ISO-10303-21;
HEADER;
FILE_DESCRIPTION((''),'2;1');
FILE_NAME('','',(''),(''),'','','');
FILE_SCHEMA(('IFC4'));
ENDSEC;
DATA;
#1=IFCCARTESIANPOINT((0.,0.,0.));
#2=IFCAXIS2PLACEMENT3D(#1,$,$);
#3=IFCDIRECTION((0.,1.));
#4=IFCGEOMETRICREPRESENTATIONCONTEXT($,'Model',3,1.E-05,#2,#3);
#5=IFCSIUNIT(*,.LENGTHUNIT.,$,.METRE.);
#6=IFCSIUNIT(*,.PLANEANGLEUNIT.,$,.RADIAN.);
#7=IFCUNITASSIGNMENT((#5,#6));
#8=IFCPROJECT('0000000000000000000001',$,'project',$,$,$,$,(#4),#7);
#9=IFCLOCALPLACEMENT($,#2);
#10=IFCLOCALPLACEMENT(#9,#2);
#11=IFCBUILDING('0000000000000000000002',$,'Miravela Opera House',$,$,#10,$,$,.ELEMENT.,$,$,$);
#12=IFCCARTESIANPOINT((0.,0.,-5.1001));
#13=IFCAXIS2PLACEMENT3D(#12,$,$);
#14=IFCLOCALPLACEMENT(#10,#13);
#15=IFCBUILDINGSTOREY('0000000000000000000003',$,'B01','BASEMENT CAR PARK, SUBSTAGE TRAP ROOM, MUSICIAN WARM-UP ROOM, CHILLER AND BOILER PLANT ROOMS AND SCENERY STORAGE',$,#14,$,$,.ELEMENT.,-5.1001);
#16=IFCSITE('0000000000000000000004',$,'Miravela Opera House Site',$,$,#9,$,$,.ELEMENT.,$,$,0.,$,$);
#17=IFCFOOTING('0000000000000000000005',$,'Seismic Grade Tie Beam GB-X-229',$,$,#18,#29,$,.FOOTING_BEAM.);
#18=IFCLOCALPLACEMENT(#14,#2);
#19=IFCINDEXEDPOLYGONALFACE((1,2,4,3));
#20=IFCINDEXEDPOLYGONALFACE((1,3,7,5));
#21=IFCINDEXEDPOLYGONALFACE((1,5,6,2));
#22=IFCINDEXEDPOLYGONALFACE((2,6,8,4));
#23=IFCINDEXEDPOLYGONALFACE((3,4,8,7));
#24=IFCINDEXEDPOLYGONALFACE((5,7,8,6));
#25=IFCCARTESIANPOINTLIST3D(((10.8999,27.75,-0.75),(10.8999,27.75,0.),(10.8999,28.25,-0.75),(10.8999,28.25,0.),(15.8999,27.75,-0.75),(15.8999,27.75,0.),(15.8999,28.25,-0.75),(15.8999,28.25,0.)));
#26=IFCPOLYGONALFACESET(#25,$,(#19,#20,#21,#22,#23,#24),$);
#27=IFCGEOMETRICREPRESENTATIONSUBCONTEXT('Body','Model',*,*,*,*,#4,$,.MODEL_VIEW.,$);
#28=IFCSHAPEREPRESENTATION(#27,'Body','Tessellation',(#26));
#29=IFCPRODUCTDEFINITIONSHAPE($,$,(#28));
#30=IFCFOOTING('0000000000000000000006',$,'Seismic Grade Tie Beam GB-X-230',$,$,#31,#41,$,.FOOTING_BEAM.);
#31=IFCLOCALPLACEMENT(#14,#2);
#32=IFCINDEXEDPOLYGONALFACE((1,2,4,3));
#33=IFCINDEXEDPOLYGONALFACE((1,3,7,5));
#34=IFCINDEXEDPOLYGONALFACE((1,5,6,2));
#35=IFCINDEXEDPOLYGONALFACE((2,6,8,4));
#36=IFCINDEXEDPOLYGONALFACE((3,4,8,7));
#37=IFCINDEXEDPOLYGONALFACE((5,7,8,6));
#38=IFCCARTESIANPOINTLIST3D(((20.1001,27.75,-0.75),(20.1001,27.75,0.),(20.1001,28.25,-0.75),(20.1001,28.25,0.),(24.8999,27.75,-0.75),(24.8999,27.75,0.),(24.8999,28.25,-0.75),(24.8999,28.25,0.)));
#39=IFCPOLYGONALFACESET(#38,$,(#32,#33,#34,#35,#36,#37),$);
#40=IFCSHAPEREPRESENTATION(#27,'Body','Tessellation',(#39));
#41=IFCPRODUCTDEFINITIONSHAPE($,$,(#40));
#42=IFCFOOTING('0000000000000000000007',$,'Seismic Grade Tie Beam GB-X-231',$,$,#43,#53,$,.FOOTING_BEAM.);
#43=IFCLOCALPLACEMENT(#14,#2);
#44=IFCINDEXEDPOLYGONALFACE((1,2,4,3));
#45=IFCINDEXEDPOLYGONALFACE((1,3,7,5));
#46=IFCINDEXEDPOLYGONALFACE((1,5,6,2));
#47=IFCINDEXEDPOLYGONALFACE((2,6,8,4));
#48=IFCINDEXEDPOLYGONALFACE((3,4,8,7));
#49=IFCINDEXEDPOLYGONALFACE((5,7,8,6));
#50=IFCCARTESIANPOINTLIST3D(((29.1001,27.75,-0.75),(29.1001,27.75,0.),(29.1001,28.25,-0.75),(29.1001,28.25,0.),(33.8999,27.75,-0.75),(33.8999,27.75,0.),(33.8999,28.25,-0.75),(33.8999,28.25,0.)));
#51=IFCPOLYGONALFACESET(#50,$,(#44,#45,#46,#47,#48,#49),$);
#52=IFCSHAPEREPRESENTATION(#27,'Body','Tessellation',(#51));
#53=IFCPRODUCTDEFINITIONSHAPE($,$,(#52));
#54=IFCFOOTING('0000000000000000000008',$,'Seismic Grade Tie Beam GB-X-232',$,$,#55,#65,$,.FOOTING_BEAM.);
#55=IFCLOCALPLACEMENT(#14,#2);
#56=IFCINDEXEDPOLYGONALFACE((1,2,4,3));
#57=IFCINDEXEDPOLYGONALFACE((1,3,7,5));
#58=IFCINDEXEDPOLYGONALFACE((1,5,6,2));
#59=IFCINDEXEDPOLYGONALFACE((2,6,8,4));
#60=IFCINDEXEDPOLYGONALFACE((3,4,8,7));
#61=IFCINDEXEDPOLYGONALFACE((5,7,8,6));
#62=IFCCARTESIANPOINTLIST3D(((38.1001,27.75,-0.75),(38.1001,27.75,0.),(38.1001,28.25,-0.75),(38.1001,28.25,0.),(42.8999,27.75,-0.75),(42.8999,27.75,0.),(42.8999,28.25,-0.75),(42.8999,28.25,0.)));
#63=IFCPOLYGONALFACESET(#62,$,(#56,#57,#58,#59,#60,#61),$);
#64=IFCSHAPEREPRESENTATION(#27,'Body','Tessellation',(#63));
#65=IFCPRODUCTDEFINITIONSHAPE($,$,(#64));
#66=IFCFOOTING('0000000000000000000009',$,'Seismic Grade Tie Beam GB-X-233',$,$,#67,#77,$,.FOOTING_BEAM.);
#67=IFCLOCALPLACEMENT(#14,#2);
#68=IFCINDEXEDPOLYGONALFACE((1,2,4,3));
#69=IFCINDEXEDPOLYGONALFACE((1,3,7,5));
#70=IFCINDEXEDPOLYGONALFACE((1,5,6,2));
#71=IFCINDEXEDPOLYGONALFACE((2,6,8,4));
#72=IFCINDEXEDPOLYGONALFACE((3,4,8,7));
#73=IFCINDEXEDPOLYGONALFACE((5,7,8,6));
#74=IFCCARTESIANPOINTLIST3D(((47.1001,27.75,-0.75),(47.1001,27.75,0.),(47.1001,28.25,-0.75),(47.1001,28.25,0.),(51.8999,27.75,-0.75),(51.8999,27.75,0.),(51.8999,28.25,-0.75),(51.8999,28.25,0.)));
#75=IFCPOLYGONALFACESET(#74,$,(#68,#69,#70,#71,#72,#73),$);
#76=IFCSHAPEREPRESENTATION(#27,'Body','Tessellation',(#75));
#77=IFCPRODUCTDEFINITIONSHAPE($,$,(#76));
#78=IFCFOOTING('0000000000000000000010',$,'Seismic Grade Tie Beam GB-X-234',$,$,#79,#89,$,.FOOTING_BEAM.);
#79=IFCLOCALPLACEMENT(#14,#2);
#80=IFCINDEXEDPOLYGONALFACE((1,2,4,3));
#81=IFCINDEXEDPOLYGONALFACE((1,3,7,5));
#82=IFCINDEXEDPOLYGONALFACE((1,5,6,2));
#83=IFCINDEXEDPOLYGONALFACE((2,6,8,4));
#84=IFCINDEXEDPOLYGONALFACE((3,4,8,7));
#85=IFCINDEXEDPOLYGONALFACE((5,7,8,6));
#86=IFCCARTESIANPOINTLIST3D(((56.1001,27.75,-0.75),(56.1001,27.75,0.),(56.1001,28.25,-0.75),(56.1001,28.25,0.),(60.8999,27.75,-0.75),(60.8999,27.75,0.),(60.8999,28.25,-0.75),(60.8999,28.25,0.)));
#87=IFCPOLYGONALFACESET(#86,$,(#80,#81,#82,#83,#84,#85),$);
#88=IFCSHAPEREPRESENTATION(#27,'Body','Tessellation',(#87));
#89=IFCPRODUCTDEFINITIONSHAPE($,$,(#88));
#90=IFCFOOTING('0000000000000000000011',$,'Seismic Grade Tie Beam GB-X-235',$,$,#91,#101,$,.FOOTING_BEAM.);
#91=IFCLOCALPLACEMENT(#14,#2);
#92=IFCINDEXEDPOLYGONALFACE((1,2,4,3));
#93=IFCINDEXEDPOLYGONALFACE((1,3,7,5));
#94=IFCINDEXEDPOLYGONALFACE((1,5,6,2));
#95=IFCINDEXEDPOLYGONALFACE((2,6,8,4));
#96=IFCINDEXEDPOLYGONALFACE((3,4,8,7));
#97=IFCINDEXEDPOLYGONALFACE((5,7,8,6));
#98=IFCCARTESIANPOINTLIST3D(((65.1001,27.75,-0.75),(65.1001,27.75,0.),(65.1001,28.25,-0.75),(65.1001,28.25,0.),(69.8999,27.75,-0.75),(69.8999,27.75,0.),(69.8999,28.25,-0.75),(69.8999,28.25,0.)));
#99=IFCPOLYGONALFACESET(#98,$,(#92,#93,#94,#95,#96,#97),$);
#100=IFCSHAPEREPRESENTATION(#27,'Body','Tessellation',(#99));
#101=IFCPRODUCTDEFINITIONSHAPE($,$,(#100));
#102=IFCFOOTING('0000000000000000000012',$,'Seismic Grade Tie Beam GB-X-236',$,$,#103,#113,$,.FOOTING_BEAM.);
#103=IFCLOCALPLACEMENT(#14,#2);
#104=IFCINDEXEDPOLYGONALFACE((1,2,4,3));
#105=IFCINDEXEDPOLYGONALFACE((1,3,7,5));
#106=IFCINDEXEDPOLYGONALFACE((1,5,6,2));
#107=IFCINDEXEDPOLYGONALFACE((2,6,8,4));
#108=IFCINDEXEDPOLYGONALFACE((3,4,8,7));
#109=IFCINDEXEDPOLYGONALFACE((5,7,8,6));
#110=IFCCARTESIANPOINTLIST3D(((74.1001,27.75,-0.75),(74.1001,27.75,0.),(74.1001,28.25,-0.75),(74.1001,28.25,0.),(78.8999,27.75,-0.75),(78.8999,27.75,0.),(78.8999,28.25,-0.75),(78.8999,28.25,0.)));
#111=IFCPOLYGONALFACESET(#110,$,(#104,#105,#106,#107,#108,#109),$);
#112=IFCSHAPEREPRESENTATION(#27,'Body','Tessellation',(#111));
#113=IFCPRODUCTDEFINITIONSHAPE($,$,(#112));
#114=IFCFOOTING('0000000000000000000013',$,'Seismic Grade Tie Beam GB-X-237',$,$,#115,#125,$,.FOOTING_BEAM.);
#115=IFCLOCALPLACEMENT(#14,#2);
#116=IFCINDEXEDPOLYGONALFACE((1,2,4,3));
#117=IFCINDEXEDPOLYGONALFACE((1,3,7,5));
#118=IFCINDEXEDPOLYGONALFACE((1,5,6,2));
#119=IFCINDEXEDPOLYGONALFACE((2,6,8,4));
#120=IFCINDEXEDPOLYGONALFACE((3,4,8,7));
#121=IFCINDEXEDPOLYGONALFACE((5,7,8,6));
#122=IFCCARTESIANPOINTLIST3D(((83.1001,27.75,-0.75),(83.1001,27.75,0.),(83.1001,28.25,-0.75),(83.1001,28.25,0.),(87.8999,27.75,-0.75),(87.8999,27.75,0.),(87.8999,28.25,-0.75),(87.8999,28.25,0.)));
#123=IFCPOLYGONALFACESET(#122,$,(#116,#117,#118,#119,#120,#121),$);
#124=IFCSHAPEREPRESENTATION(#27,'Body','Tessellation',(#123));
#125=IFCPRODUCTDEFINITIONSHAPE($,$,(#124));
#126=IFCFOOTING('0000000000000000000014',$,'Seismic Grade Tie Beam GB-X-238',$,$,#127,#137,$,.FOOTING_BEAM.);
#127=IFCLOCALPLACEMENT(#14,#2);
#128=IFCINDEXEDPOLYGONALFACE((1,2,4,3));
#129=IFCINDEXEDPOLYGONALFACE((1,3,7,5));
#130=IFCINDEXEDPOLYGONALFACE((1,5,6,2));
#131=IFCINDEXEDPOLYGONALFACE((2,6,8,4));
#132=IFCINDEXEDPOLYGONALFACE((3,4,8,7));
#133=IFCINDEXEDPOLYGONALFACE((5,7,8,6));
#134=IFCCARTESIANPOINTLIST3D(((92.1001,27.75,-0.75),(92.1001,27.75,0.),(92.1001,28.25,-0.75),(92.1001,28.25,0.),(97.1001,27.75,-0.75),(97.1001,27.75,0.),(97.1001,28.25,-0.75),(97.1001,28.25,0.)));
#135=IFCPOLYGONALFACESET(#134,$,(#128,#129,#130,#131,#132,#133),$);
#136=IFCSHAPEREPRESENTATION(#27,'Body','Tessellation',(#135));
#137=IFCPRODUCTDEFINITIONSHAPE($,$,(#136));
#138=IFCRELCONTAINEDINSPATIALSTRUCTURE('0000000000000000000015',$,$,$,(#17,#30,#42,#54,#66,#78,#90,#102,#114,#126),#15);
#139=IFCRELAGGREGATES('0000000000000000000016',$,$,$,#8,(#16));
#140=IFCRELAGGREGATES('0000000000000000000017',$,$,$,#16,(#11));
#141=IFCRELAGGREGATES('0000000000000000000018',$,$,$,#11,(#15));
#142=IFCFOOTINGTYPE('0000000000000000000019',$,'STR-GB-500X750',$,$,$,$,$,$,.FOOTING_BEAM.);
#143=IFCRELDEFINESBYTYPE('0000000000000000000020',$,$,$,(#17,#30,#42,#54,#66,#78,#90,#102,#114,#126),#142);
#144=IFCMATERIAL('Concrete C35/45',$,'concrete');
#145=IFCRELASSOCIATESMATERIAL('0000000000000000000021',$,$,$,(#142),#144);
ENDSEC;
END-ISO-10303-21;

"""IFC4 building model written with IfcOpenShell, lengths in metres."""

from ifc_helpers import new_model, si_unit, direction, frame, origin, place, context, subcontext, project, spatial, polyline, outline, extrude, material, type_object, element, save


model = new_model("IFC4")

# Units and contexts
model_context = context("Model", 3, precision=1e-05, world=origin(), true_north=direction((0.0, 1.0)))
body_context = subcontext(model_context, "Body", "Model", "MODEL_VIEW")
ifc_project = project(units=[si_unit("LENGTHUNIT", "METRE"), si_unit("PLANEANGLEUNIT", "RADIAN")], contexts=[model_context])

# Site, building, storey
site_placement = place(None, origin())
site = spatial("IfcSite", under=ifc_project, at=site_placement, Name="Miravela Opera House Site", CompositionType="ELEMENT", RefElevation=0.0)
building_placement = place(site_placement, origin())
building = spatial("IfcBuilding", under=site, at=building_placement, Name="Miravela Opera House", CompositionType="ELEMENT")
storey_placement = place(building_placement, frame((0.0, 0.0, -5.1001)))
storey = spatial("IfcBuildingStorey", under=building, at=storey_placement, Name="B01", Description="BASEMENT CAR PARK, SUBSTAGE TRAP ROOM, MUSICIAN WARM-UP ROOM, CHILLER AND BOILER PLANT ROOMS AND SCENERY STORAGE", CompositionType="ELEMENT", Elevation=-5.1001)

# Footings
ifc_material = material(Name="Concrete C35/45", Category="concrete")
footing_type = type_object("IfcFootingType", Name="STR-GB-500X750", PredefinedType="FOOTING_BEAM", material=ifc_material)
footing_1_placement = place(storey_placement, frame((0.0, 0.0, -0.75)))
element("IfcFooting", 1, at=footing_1_placement, inside=storey, type_object=footing_type, Name="Seismic Grade Tie Beam GB-X-229", PredefinedType="FOOTING_BEAM", context=body_context, shape_type="SweptSolid", body=[
    extrude(outline(polyline([(10.8999, 27.75), (15.8999, 27.75), (15.8999, 28.25), (10.8999, 28.25), (10.8999, 27.75)])), origin(), (0.0, 0.0, 1.0), 0.75),
])
footing_2_placement = place(storey_placement, frame((0.0, 0.0, -0.75)))
element("IfcFooting", 2, at=footing_2_placement, inside=storey, type_object=footing_type, Name="Seismic Grade Tie Beam GB-X-230", PredefinedType="FOOTING_BEAM", context=body_context, shape_type="SweptSolid", body=[
    extrude(outline(polyline([(20.1001, 27.75), (24.8999, 27.75), (24.8999, 28.25), (20.1001, 28.25), (20.1001, 27.75)])), origin(), (0.0, 0.0, 1.0), 0.75),
])
footing_3_placement = place(storey_placement, frame((0.0, 0.0, -0.75)))
element("IfcFooting", 3, at=footing_3_placement, inside=storey, type_object=footing_type, Name="Seismic Grade Tie Beam GB-X-231", PredefinedType="FOOTING_BEAM", context=body_context, shape_type="SweptSolid", body=[
    extrude(outline(polyline([(29.1001, 27.75), (33.8999, 27.75), (33.8999, 28.25), (29.1001, 28.25), (29.1001, 27.75)])), origin(), (0.0, 0.0, 1.0), 0.75),
])
footing_4_placement = place(storey_placement, frame((0.0, 0.0, -0.75)))
element("IfcFooting", 4, at=footing_4_placement, inside=storey, type_object=footing_type, Name="Seismic Grade Tie Beam GB-X-232", PredefinedType="FOOTING_BEAM", context=body_context, shape_type="SweptSolid", body=[
    extrude(outline(polyline([(38.1001, 27.75), (42.8999, 27.75), (42.8999, 28.25), (38.1001, 28.25), (38.1001, 27.75)])), origin(), (0.0, 0.0, 1.0), 0.75),
])
footing_5_placement = place(storey_placement, frame((0.0, 0.0, -0.75)))
element("IfcFooting", 5, at=footing_5_placement, inside=storey, type_object=footing_type, Name="Seismic Grade Tie Beam GB-X-233", PredefinedType="FOOTING_BEAM", context=body_context, shape_type="SweptSolid", body=[
    extrude(outline(polyline([(47.1001, 27.75), (51.8999, 27.75), (51.8999, 28.25), (47.1001, 28.25), (47.1001, 27.75)])), origin(), (0.0, 0.0, 1.0), 0.75),
])
footing_6_placement = place(storey_placement, frame((0.0, 0.0, -0.75)))
element("IfcFooting", 6, at=footing_6_placement, inside=storey, type_object=footing_type, Name="Seismic Grade Tie Beam GB-X-234", PredefinedType="FOOTING_BEAM", context=body_context, shape_type="SweptSolid", body=[
    extrude(outline(polyline([(56.1001, 27.75), (60.8999, 27.75), (60.8999, 28.25), (56.1001, 28.25), (56.1001, 27.75)])), origin(), (0.0, 0.0, 1.0), 0.75),
])
footing_7_placement = place(storey_placement, frame((0.0, 0.0, -0.75)))
element("IfcFooting", 7, at=footing_7_placement, inside=storey, type_object=footing_type, Name="Seismic Grade Tie Beam GB-X-235", PredefinedType="FOOTING_BEAM", context=body_context, shape_type="SweptSolid", body=[
    extrude(outline(polyline([(65.1001, 27.75), (69.8999, 27.75), (69.8999, 28.25), (65.1001, 28.25), (65.1001, 27.75)])), origin(), (0.0, 0.0, 1.0), 0.75),
])
footing_8_placement = place(storey_placement, frame((0.0, 0.0, -0.75)))
element("IfcFooting", 8, at=footing_8_placement, inside=storey, type_object=footing_type, Name="Seismic Grade Tie Beam GB-X-236", PredefinedType="FOOTING_BEAM", context=body_context, shape_type="SweptSolid", body=[
    extrude(outline(polyline([(74.1001, 27.75), (78.8999, 27.75), (78.8999, 28.25), (74.1001, 28.25), (74.1001, 27.75)])), origin(), (0.0, 0.0, 1.0), 0.75),
])
footing_9_placement = place(storey_placement, frame((0.0, 0.0, -0.75)))
element("IfcFooting", 9, at=footing_9_placement, inside=storey, type_object=footing_type, Name="Seismic Grade Tie Beam GB-X-237", PredefinedType="FOOTING_BEAM", context=body_context, shape_type="SweptSolid", body=[
    extrude(outline(polyline([(83.1001, 27.75), (87.8999, 27.75), (87.8999, 28.25), (83.1001, 28.25), (83.1001, 27.75)])), origin(), (0.0, 0.0, 1.0), 0.75),
])
footing_10_placement = place(storey_placement, frame((0.0, 0.0, -0.75)))
element("IfcFooting", 10, at=footing_10_placement, inside=storey, type_object=footing_type, Name="Seismic Grade Tie Beam GB-X-238", PredefinedType="FOOTING_BEAM", context=body_context, shape_type="SweptSolid", body=[
    extrude(outline(polyline([(92.1001, 27.75), (97.1001, 27.75), (97.1001, 28.25), (92.1001, 28.25), (92.1001, 27.75)])), origin(), (0.0, 0.0, 1.0), 0.75),
])

save(model, "model.ifc")
